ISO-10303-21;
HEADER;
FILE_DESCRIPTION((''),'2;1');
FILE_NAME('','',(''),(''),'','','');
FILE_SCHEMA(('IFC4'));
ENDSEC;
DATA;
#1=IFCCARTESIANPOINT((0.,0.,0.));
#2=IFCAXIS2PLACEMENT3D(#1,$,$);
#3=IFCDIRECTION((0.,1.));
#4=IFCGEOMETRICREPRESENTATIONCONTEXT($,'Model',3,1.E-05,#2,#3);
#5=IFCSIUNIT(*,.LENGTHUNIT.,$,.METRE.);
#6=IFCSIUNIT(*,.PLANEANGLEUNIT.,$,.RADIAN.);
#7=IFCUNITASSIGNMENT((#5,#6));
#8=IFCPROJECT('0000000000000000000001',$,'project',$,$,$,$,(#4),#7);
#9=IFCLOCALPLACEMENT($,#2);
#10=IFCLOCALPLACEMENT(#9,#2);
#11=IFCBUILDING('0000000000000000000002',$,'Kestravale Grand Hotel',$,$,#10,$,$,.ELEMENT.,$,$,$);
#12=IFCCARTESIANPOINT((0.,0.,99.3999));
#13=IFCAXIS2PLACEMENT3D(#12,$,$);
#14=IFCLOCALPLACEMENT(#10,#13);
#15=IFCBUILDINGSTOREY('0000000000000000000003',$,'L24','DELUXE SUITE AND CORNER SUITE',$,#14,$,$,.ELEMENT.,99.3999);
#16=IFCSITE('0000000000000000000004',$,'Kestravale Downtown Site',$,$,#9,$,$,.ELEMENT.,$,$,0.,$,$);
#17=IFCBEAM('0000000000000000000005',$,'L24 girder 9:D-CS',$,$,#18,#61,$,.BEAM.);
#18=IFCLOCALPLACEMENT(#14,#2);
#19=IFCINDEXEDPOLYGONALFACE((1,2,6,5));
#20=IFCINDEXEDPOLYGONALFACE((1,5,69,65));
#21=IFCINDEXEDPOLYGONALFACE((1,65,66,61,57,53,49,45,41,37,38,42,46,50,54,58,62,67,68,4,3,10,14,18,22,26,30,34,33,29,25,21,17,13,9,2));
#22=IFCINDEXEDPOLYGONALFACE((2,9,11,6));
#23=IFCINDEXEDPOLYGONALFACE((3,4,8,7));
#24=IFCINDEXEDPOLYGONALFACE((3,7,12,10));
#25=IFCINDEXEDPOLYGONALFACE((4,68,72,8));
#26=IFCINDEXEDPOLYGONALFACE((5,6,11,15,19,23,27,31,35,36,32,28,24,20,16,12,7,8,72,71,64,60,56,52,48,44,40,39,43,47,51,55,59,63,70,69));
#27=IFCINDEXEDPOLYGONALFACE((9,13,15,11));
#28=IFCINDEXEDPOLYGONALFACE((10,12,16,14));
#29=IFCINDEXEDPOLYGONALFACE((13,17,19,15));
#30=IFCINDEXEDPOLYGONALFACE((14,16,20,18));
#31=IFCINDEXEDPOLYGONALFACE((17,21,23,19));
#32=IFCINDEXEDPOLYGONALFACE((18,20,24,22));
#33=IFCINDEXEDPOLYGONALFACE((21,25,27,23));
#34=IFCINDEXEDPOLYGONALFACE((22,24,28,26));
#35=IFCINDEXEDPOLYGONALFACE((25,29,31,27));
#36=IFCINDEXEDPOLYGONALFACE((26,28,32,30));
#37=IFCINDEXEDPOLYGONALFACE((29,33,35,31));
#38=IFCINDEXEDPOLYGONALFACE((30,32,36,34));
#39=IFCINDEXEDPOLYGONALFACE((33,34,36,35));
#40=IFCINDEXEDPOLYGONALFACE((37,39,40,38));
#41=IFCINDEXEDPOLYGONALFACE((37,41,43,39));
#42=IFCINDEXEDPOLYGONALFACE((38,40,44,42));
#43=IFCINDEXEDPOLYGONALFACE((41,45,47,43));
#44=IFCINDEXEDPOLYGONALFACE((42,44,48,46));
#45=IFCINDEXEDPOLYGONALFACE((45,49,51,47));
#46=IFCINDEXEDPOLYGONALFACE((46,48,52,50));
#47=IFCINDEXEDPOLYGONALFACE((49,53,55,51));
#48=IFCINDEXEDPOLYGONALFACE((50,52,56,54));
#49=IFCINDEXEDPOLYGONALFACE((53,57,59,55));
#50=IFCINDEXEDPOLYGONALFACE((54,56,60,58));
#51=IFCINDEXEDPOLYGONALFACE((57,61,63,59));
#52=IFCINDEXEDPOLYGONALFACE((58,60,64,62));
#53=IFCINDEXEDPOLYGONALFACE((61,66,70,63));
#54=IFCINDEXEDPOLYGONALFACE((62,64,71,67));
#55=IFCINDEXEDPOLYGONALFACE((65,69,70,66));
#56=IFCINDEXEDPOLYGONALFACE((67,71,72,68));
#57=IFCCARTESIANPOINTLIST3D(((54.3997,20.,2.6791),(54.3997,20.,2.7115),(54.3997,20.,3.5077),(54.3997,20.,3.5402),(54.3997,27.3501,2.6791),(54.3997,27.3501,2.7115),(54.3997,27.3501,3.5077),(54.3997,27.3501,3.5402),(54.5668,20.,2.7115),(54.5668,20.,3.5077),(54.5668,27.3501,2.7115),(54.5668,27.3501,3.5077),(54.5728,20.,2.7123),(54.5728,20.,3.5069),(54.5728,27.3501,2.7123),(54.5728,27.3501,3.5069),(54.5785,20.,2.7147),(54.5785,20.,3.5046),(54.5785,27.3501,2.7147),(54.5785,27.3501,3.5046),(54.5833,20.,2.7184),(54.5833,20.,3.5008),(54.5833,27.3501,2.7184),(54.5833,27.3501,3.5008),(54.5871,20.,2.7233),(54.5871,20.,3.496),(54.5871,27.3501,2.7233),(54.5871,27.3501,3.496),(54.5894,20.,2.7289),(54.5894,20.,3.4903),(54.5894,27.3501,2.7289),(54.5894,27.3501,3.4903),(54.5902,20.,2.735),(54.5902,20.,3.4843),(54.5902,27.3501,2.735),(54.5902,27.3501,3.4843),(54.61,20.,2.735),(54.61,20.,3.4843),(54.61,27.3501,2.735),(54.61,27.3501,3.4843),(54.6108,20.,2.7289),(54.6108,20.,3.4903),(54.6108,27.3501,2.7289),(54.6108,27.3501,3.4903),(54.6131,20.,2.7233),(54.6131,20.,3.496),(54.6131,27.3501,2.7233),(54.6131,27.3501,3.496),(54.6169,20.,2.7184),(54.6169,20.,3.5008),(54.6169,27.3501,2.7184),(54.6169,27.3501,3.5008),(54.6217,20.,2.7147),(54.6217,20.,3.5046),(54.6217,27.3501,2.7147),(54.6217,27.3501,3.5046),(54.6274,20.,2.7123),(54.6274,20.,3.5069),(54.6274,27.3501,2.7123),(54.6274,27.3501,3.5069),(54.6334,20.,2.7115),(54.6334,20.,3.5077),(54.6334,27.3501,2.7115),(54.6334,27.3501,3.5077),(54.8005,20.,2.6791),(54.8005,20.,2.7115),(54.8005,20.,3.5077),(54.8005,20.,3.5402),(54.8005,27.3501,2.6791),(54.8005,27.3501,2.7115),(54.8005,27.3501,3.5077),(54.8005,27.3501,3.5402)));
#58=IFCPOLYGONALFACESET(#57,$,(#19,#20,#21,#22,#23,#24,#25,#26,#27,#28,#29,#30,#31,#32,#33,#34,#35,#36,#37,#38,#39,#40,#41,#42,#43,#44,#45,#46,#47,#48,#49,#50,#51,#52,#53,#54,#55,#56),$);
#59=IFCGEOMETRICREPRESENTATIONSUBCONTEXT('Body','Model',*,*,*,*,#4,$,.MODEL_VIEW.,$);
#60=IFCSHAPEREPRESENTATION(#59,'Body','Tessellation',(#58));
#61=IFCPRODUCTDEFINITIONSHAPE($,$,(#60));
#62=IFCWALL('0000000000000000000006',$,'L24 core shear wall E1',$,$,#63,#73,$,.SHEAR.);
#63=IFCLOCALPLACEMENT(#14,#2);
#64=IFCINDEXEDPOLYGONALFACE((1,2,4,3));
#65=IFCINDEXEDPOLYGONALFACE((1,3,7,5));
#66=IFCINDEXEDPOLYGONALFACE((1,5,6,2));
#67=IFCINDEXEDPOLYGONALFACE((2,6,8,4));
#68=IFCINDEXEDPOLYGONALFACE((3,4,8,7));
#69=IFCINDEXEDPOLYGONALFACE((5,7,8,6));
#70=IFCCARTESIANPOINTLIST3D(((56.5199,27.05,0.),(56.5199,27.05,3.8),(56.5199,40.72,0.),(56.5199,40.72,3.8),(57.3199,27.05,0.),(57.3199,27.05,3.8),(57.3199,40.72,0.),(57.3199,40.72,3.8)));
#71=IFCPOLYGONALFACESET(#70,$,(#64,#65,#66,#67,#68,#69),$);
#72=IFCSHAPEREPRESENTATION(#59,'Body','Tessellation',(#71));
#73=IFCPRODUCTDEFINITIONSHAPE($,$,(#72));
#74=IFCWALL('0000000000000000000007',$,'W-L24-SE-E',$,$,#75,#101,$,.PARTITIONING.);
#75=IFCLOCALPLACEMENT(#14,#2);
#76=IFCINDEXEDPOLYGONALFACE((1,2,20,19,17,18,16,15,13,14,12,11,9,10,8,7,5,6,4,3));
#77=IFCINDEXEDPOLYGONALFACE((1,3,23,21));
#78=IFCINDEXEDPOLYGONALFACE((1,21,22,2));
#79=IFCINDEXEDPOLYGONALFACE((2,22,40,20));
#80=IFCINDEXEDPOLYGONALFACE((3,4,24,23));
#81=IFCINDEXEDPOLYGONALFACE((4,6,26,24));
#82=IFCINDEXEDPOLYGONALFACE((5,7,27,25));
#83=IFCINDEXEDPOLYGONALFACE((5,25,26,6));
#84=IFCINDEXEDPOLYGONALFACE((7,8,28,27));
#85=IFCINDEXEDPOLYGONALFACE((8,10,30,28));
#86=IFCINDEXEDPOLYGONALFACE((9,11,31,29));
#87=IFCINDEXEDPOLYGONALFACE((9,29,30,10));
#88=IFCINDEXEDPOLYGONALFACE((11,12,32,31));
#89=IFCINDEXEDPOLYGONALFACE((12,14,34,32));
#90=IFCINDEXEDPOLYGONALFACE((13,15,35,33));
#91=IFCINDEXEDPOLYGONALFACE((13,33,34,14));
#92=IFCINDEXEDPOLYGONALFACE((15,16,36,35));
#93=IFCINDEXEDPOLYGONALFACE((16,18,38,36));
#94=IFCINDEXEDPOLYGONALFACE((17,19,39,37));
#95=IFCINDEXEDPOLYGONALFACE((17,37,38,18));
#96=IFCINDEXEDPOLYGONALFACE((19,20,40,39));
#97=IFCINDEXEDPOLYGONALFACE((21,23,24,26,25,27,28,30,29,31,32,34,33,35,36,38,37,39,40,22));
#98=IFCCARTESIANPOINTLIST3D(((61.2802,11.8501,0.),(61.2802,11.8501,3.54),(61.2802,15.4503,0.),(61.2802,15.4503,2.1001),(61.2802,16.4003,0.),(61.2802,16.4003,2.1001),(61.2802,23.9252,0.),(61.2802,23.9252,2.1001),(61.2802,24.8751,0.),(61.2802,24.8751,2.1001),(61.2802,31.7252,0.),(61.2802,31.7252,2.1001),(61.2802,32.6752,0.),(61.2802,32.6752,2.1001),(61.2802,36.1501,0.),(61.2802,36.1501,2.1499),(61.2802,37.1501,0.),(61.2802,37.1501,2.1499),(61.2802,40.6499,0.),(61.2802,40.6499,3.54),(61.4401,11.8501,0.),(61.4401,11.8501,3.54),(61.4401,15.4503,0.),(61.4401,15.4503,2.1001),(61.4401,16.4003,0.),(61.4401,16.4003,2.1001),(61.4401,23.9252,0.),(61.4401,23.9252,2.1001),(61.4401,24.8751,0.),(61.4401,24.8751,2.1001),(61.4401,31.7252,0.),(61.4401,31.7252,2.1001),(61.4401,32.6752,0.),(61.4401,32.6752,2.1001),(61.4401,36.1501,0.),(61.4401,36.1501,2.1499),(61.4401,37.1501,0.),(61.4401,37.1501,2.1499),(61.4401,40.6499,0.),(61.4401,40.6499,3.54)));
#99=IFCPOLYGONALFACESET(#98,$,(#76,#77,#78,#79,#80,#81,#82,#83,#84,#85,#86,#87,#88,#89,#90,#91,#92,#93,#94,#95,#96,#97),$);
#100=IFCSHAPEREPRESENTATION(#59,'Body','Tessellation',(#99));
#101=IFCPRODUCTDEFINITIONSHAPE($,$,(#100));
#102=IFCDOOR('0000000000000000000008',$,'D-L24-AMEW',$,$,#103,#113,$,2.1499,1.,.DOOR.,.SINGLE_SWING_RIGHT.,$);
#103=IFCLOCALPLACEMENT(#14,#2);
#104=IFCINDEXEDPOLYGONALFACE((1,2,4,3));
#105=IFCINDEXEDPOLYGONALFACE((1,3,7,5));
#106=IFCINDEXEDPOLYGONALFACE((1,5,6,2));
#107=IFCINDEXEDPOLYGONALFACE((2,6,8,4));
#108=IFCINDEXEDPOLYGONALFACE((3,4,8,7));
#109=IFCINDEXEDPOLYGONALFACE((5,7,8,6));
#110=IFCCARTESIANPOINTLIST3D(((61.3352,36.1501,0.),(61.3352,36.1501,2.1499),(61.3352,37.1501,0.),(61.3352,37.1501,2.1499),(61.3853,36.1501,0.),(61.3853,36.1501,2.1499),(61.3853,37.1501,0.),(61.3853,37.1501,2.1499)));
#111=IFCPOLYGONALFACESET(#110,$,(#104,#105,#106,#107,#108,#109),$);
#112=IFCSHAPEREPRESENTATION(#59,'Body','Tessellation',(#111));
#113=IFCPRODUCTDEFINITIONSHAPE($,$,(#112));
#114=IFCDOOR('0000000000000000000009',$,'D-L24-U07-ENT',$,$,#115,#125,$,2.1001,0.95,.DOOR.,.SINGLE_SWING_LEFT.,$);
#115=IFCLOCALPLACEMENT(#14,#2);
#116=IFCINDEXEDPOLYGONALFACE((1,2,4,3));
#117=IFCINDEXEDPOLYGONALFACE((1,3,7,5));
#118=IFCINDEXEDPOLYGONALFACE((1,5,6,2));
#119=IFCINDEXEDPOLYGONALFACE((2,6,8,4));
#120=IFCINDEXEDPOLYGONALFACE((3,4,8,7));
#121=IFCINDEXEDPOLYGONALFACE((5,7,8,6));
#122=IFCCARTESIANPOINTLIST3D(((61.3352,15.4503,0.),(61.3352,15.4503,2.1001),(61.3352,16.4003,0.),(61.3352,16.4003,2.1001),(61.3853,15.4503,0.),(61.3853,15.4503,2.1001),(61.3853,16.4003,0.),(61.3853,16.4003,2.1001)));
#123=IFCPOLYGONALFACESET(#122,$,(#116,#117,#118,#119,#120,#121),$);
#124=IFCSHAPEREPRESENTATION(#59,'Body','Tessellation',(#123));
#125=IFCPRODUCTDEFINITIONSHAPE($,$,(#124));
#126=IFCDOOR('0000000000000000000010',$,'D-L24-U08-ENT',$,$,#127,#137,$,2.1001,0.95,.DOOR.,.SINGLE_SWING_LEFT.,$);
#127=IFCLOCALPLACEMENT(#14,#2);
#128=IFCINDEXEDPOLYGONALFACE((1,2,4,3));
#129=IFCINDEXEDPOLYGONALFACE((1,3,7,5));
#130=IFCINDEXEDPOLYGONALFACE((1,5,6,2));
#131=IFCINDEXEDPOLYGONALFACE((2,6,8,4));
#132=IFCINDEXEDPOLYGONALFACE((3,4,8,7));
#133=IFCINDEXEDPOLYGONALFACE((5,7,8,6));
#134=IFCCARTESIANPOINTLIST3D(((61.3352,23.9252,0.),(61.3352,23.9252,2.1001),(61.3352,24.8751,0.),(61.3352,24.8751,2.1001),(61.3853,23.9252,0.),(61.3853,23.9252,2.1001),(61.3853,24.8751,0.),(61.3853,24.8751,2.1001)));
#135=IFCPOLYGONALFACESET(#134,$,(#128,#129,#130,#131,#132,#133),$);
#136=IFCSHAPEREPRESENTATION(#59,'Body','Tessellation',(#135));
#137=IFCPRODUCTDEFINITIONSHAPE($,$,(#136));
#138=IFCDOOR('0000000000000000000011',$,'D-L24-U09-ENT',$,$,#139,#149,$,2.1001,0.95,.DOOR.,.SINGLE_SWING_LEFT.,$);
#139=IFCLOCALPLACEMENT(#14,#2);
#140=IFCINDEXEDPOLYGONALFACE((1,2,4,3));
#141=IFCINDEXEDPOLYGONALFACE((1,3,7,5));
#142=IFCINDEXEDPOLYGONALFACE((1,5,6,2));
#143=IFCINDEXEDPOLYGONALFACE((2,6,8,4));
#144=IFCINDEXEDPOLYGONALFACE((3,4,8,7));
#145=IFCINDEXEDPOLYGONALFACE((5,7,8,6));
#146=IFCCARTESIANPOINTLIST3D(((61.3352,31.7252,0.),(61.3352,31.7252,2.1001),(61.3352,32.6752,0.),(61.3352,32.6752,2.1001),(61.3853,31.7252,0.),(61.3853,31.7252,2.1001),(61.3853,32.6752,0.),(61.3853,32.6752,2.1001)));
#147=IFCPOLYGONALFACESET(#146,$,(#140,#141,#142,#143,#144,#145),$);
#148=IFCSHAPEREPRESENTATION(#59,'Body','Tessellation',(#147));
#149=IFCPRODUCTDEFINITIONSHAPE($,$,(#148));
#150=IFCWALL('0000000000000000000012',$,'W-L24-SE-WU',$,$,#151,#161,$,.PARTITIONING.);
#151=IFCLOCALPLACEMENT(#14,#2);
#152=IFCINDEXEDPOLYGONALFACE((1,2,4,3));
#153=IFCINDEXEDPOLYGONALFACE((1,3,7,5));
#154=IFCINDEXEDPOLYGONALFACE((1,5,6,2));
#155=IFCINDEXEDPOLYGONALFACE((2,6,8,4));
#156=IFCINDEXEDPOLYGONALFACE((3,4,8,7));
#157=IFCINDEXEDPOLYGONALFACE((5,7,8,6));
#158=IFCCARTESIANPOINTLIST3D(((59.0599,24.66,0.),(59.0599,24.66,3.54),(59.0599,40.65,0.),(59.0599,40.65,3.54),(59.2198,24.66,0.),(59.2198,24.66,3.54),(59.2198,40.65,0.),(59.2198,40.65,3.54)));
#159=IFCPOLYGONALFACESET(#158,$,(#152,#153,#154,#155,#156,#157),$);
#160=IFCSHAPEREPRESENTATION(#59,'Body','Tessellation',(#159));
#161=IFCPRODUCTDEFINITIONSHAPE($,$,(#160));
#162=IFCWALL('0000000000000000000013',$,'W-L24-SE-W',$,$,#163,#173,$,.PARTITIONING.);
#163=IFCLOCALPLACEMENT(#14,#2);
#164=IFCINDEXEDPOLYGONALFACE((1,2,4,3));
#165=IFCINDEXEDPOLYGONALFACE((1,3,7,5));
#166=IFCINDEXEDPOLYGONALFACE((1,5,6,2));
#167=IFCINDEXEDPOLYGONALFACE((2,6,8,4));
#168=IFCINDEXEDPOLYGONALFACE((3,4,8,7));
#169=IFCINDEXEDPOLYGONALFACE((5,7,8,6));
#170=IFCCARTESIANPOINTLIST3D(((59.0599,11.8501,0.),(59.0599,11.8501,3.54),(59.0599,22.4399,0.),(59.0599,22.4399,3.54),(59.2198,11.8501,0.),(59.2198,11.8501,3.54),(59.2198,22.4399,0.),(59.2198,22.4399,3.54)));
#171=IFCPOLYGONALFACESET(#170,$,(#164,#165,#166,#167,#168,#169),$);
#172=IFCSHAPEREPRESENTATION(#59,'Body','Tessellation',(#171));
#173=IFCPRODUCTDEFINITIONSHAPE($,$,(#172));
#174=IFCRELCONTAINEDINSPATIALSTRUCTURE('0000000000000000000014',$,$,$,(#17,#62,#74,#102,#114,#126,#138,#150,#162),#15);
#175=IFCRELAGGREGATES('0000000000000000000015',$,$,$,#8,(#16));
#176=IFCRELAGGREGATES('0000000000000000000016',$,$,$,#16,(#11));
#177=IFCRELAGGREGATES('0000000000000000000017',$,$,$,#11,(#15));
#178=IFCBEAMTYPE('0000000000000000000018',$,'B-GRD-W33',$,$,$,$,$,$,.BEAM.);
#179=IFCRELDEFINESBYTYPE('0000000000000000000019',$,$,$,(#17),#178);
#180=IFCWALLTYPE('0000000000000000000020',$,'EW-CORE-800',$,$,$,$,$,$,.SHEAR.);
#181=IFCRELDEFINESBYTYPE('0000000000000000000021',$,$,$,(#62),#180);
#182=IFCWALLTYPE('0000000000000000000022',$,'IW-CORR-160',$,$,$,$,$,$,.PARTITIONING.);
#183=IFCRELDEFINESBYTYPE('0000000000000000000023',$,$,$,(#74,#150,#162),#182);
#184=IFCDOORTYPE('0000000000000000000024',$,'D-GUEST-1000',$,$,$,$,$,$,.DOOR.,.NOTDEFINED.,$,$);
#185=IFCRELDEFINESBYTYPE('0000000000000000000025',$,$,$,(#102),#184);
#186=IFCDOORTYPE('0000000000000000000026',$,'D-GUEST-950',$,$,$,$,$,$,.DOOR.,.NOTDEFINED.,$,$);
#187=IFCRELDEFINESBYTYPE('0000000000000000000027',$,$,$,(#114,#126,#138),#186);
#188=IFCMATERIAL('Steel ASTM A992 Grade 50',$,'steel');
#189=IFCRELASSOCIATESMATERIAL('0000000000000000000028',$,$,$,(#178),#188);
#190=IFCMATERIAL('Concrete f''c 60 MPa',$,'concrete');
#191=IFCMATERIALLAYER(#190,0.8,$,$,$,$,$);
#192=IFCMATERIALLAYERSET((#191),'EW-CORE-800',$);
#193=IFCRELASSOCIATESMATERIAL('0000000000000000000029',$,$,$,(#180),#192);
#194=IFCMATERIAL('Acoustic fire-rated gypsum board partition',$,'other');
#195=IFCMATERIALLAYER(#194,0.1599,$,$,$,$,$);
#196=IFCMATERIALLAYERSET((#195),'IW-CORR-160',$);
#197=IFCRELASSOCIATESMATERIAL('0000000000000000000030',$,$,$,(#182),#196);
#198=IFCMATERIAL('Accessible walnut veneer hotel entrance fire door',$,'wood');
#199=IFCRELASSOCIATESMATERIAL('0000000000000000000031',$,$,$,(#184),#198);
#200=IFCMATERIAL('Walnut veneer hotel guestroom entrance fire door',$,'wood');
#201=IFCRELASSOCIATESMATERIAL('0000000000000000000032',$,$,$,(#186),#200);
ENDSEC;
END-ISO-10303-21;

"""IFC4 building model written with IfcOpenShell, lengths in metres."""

from ifc_helpers import new_model, si_unit, direction, frame, frame_2d, origin, origin_2d, place, context, subcontext, project, spatial, rectangle, i_section, extrude, material, layer, layer_set, material_profile, profile_set, type_object, element, fill, save


model = new_model("IFC4")

# Units and contexts
model_context = context("Model", 3, precision=1e-05, world=origin(), true_north=direction((0.0, 1.0)))
body_context = subcontext(model_context, "Body", "Model", "MODEL_VIEW")
ifc_project = project(units=[si_unit("LENGTHUNIT", "METRE"), si_unit("PLANEANGLEUNIT", "RADIAN")], contexts=[model_context])

# Site, building, storey
site_placement = place(None, origin())
site = spatial("IfcSite", under=ifc_project, at=site_placement, Name="Kestravale Downtown Site", CompositionType="ELEMENT", RefElevation=0.0)
building_placement = place(site_placement, origin())
building = spatial("IfcBuilding", under=site, at=building_placement, Name="Kestravale Grand Hotel", CompositionType="ELEMENT")
storey_placement = place(building_placement, frame((0.0, 0.0, 99.3999)))
storey = spatial("IfcBuildingStorey", under=building, at=storey_placement, Name="L24", Description="DELUXE SUITE AND CORNER SUITE", CompositionType="ELEMENT", Elevation=99.3999)

# Beam
ifc_material_1 = material(Name="Steel ASTM A992 Grade 50", Category="steel")
ifc_material_profile_1 = material_profile(ifc_material_1, i_section(OverallWidth=0.4009, OverallDepth=0.8611, WebThickness=0.0198, FlangeThickness=0.0325, FilletRadius=0.0234, at=origin_2d()))
ifc_profile_set_1 = profile_set([ifc_material_profile_1], Name="Steel ASTM A992 Grade 50")
beam_type_1 = type_object("IfcBeamType", Name="B-GRD-W33", PredefinedType="BEAM", material=ifc_profile_set_1)
beam_1_placement = place(storey_placement, frame((54.6001, 20.0, 3.1096), z_axis=(0.0, 1.0, 0.0), x_axis=(-1.0, 0.0, 0.0)))
element("IfcBeam", 1, at=beam_1_placement, inside=storey, type_object=beam_type_1, Name="L24 girder 9:D-CS", PredefinedType="BEAM", context=body_context, shape_type="SweptSolid", body=[
    extrude(i_section(OverallWidth=0.4009, OverallDepth=0.8611, WebThickness=0.0198, FlangeThickness=0.0325, FilletRadius=0.0234, at=origin_2d()), origin(), (0.0, 0.0, 1.0), 7.3501),
])

# Wall
ifc_material_2 = material(Name="Concrete f'c 60 MPa", Category="concrete")
ifc_layer_1 = layer(ifc_material_2, 0.8)
ifc_layer_set_1 = layer_set([ifc_layer_1], Name="EW-CORE-800")
wall_type_1 = type_object("IfcWallType", Name="EW-CORE-800", PredefinedType="SHEAR", material=ifc_layer_set_1)
wall_1_placement = place(storey_placement, frame((56.9199, 27.05, 0.0), z_axis=(0.0, 0.0, 1.0), x_axis=(0.0, 1.0, 0.0)))
element("IfcWall", 2, at=wall_1_placement, inside=storey, type_object=wall_type_1, Name="L24 core shear wall E1", PredefinedType="SHEAR", context=body_context, shape_type="SweptSolid", body=[
    extrude(rectangle(XDim=13.6699, YDim=0.8, at=frame_2d((6.835, 0.0))), origin(), (0.0, 0.0, 1.0), 3.8),
])

# Wall, openings, doors
ifc_material_3 = material(Name="Acoustic fire-rated gypsum board partition", Category="other")
ifc_layer_2 = layer(ifc_material_3, 0.1599)
ifc_layer_set_2 = layer_set([ifc_layer_2], Name="IW-CORR-160")
wall_type_2 = type_object("IfcWallType", Name="IW-CORR-160", PredefinedType="PARTITIONING", material=ifc_layer_set_2)
wall_2_placement = place(storey_placement, frame((61.3601, 11.8501, 0.0), z_axis=(0.0, 0.0, 1.0), x_axis=(0.0, 1.0, 0.0)))
wall_2 = element("IfcWall", 3, at=wall_2_placement, inside=storey, type_object=wall_type_2, Name="W-L24-SE-E", PredefinedType="PARTITIONING", context=body_context, shape_type="SweptSolid", body=[
    extrude(rectangle(XDim=28.7998, YDim=0.1599, at=frame_2d((14.3999, 0.0))), origin(), (0.0, 0.0, 1.0), 3.54),
])
opening_1_placement = place(wall_2_placement, frame((3.6001, 0.0, 0.0)))
opening_1 = element("IfcOpeningElement", 4, at=opening_1_placement, cuts=wall_2, PredefinedType="OPENING", context=body_context, shape_type="SweptSolid", body=[
    extrude(rectangle(XDim=0.95, YDim=2.1001, at=frame_2d((0.4751, 1.05))), frame((0.0, 0.0898, 0.0), z_axis=(0.0, -1.0, 0.0), x_axis=(1.0, 0.0, 0.0)), (0.0, 0.0, 1.0), 0.1799),
])
opening_2_placement = place(wall_2_placement, frame((12.075, 0.0, 0.0)))
opening_2 = element("IfcOpeningElement", 5, at=opening_2_placement, cuts=wall_2, PredefinedType="OPENING", context=body_context, shape_type="SweptSolid", body=[
    extrude(rectangle(XDim=0.95, YDim=2.1001, at=frame_2d((0.4751, 1.05))), frame((0.0, 0.0898, 0.0), z_axis=(0.0, -1.0, 0.0), x_axis=(1.0, 0.0, 0.0)), (0.0, 0.0, 1.0), 0.1799),
])
opening_3_placement = place(wall_2_placement, frame((19.875, 0.0, 0.0)))
opening_3 = element("IfcOpeningElement", 6, at=opening_3_placement, cuts=wall_2, PredefinedType="OPENING", context=body_context, shape_type="SweptSolid", body=[
    extrude(rectangle(XDim=0.95, YDim=2.1001, at=frame_2d((0.4751, 1.05))), frame((0.0, 0.0898, 0.0), z_axis=(0.0, -1.0, 0.0), x_axis=(1.0, 0.0, 0.0)), (0.0, 0.0, 1.0), 0.1799),
])
opening_4_placement = place(wall_2_placement, frame((24.3, 0.0, 0.0)))
opening_4 = element("IfcOpeningElement", 7, at=opening_4_placement, cuts=wall_2, PredefinedType="OPENING", context=body_context, shape_type="SweptSolid", body=[
    extrude(rectangle(XDim=1.0, YDim=2.1499, at=frame_2d((0.5, 1.075))), frame((0.0, 0.0898, 0.0), z_axis=(0.0, -1.0, 0.0), x_axis=(1.0, 0.0, 0.0)), (0.0, 0.0, 1.0), 0.1799),
])
ifc_material_4 = material(Name="Accessible walnut veneer hotel entrance fire door", Category="wood")
door_type_1 = type_object("IfcDoorType", Name="D-GUEST-1000", OperationType="NOTDEFINED", PredefinedType="DOOR", material=ifc_material_4)
door_1_placement = place(opening_4_placement, origin())
door_1 = element("IfcDoor", 8, at=door_1_placement, inside=storey, type_object=door_type_1, Name="D-L24-AMEW", OperationType="SINGLE_SWING_RIGHT", OverallHeight=2.1499, OverallWidth=1.0, PredefinedType="DOOR", context=body_context, shape_type="SweptSolid", body=[
    extrude(rectangle(XDim=1.0, YDim=2.1499, at=frame_2d((0.5, 1.075))), frame((0.0, 0.0249, 0.0), z_axis=(0.0, -1.0, 0.0), x_axis=(1.0, 0.0, 0.0)), (0.0, 0.0, 1.0), 0.05),
])
fill(opening_4, door_1)
ifc_material_5 = material(Name="Walnut veneer hotel guestroom entrance fire door", Category="wood")
door_type_2 = type_object("IfcDoorType", Name="D-GUEST-950", OperationType="NOTDEFINED", PredefinedType="DOOR", material=ifc_material_5)
door_2_placement = place(opening_1_placement, origin())
door_2 = element("IfcDoor", 9, at=door_2_placement, inside=storey, type_object=door_type_2, Name="D-L24-U07-ENT", OperationType="SINGLE_SWING_LEFT", OverallHeight=2.1001, OverallWidth=0.95, PredefinedType="DOOR", context=body_context, shape_type="SweptSolid", body=[
    extrude(rectangle(XDim=0.95, YDim=2.1001, at=frame_2d((0.4751, 1.05))), frame((0.0, 0.0249, 0.0), z_axis=(0.0, -1.0, 0.0), x_axis=(1.0, 0.0, 0.0)), (0.0, 0.0, 1.0), 0.05),
])
fill(opening_1, door_2)
door_3_placement = place(opening_2_placement, origin())
door_3 = element("IfcDoor", 10, at=door_3_placement, inside=storey, type_object=door_type_2, Name="D-L24-U08-ENT", OperationType="SINGLE_SWING_LEFT", OverallHeight=2.1001, OverallWidth=0.95, PredefinedType="DOOR", context=body_context, shape_type="SweptSolid", body=[
    extrude(rectangle(XDim=0.95, YDim=2.1001, at=frame_2d((0.4751, 1.05))), frame((0.0, 0.0249, 0.0), z_axis=(0.0, -1.0, 0.0), x_axis=(1.0, 0.0, 0.0)), (0.0, 0.0, 1.0), 0.05),
])
fill(opening_2, door_3)
door_4_placement = place(opening_3_placement, origin())
door_4 = element("IfcDoor", 11, at=door_4_placement, inside=storey, type_object=door_type_2, Name="D-L24-U09-ENT", OperationType="SINGLE_SWING_LEFT", OverallHeight=2.1001, OverallWidth=0.95, PredefinedType="DOOR", context=body_context, shape_type="SweptSolid", body=[
    extrude(rectangle(XDim=0.95, YDim=2.1001, at=frame_2d((0.4751, 1.05))), frame((0.0, 0.0249, 0.0), z_axis=(0.0, -1.0, 0.0), x_axis=(1.0, 0.0, 0.0)), (0.0, 0.0, 1.0), 0.05),
])
fill(opening_3, door_4)

# Walls
wall_3_placement = place(storey_placement, frame((59.1399, 24.6599, 0.0), z_axis=(0.0, 0.0, 1.0), x_axis=(0.0, 1.0, 0.0)))
element("IfcWall", 12, at=wall_3_placement, inside=storey, type_object=wall_type_2, Name="W-L24-SE-WU", PredefinedType="PARTITIONING", context=body_context, shape_type="SweptSolid", body=[
    extrude(rectangle(XDim=15.99, YDim=0.1599, at=frame_2d((7.9951, 0.0))), origin(), (0.0, 0.0, 1.0), 3.54),
])
wall_4_placement = place(storey_placement, frame((59.1399, 11.8501, 0.0), z_axis=(0.0, 0.0, 1.0), x_axis=(0.0, 1.0, 0.0)))
element("IfcWall", 13, at=wall_4_placement, inside=storey, type_object=wall_type_2, Name="W-L24-SE-W", PredefinedType="PARTITIONING", context=body_context, shape_type="SweptSolid", body=[
    extrude(rectangle(XDim=10.5898, YDim=0.1599, at=frame_2d((5.2949, 0.0))), origin(), (0.0, 0.0, 1.0), 3.54),
])

save(model, "model.ifc")
